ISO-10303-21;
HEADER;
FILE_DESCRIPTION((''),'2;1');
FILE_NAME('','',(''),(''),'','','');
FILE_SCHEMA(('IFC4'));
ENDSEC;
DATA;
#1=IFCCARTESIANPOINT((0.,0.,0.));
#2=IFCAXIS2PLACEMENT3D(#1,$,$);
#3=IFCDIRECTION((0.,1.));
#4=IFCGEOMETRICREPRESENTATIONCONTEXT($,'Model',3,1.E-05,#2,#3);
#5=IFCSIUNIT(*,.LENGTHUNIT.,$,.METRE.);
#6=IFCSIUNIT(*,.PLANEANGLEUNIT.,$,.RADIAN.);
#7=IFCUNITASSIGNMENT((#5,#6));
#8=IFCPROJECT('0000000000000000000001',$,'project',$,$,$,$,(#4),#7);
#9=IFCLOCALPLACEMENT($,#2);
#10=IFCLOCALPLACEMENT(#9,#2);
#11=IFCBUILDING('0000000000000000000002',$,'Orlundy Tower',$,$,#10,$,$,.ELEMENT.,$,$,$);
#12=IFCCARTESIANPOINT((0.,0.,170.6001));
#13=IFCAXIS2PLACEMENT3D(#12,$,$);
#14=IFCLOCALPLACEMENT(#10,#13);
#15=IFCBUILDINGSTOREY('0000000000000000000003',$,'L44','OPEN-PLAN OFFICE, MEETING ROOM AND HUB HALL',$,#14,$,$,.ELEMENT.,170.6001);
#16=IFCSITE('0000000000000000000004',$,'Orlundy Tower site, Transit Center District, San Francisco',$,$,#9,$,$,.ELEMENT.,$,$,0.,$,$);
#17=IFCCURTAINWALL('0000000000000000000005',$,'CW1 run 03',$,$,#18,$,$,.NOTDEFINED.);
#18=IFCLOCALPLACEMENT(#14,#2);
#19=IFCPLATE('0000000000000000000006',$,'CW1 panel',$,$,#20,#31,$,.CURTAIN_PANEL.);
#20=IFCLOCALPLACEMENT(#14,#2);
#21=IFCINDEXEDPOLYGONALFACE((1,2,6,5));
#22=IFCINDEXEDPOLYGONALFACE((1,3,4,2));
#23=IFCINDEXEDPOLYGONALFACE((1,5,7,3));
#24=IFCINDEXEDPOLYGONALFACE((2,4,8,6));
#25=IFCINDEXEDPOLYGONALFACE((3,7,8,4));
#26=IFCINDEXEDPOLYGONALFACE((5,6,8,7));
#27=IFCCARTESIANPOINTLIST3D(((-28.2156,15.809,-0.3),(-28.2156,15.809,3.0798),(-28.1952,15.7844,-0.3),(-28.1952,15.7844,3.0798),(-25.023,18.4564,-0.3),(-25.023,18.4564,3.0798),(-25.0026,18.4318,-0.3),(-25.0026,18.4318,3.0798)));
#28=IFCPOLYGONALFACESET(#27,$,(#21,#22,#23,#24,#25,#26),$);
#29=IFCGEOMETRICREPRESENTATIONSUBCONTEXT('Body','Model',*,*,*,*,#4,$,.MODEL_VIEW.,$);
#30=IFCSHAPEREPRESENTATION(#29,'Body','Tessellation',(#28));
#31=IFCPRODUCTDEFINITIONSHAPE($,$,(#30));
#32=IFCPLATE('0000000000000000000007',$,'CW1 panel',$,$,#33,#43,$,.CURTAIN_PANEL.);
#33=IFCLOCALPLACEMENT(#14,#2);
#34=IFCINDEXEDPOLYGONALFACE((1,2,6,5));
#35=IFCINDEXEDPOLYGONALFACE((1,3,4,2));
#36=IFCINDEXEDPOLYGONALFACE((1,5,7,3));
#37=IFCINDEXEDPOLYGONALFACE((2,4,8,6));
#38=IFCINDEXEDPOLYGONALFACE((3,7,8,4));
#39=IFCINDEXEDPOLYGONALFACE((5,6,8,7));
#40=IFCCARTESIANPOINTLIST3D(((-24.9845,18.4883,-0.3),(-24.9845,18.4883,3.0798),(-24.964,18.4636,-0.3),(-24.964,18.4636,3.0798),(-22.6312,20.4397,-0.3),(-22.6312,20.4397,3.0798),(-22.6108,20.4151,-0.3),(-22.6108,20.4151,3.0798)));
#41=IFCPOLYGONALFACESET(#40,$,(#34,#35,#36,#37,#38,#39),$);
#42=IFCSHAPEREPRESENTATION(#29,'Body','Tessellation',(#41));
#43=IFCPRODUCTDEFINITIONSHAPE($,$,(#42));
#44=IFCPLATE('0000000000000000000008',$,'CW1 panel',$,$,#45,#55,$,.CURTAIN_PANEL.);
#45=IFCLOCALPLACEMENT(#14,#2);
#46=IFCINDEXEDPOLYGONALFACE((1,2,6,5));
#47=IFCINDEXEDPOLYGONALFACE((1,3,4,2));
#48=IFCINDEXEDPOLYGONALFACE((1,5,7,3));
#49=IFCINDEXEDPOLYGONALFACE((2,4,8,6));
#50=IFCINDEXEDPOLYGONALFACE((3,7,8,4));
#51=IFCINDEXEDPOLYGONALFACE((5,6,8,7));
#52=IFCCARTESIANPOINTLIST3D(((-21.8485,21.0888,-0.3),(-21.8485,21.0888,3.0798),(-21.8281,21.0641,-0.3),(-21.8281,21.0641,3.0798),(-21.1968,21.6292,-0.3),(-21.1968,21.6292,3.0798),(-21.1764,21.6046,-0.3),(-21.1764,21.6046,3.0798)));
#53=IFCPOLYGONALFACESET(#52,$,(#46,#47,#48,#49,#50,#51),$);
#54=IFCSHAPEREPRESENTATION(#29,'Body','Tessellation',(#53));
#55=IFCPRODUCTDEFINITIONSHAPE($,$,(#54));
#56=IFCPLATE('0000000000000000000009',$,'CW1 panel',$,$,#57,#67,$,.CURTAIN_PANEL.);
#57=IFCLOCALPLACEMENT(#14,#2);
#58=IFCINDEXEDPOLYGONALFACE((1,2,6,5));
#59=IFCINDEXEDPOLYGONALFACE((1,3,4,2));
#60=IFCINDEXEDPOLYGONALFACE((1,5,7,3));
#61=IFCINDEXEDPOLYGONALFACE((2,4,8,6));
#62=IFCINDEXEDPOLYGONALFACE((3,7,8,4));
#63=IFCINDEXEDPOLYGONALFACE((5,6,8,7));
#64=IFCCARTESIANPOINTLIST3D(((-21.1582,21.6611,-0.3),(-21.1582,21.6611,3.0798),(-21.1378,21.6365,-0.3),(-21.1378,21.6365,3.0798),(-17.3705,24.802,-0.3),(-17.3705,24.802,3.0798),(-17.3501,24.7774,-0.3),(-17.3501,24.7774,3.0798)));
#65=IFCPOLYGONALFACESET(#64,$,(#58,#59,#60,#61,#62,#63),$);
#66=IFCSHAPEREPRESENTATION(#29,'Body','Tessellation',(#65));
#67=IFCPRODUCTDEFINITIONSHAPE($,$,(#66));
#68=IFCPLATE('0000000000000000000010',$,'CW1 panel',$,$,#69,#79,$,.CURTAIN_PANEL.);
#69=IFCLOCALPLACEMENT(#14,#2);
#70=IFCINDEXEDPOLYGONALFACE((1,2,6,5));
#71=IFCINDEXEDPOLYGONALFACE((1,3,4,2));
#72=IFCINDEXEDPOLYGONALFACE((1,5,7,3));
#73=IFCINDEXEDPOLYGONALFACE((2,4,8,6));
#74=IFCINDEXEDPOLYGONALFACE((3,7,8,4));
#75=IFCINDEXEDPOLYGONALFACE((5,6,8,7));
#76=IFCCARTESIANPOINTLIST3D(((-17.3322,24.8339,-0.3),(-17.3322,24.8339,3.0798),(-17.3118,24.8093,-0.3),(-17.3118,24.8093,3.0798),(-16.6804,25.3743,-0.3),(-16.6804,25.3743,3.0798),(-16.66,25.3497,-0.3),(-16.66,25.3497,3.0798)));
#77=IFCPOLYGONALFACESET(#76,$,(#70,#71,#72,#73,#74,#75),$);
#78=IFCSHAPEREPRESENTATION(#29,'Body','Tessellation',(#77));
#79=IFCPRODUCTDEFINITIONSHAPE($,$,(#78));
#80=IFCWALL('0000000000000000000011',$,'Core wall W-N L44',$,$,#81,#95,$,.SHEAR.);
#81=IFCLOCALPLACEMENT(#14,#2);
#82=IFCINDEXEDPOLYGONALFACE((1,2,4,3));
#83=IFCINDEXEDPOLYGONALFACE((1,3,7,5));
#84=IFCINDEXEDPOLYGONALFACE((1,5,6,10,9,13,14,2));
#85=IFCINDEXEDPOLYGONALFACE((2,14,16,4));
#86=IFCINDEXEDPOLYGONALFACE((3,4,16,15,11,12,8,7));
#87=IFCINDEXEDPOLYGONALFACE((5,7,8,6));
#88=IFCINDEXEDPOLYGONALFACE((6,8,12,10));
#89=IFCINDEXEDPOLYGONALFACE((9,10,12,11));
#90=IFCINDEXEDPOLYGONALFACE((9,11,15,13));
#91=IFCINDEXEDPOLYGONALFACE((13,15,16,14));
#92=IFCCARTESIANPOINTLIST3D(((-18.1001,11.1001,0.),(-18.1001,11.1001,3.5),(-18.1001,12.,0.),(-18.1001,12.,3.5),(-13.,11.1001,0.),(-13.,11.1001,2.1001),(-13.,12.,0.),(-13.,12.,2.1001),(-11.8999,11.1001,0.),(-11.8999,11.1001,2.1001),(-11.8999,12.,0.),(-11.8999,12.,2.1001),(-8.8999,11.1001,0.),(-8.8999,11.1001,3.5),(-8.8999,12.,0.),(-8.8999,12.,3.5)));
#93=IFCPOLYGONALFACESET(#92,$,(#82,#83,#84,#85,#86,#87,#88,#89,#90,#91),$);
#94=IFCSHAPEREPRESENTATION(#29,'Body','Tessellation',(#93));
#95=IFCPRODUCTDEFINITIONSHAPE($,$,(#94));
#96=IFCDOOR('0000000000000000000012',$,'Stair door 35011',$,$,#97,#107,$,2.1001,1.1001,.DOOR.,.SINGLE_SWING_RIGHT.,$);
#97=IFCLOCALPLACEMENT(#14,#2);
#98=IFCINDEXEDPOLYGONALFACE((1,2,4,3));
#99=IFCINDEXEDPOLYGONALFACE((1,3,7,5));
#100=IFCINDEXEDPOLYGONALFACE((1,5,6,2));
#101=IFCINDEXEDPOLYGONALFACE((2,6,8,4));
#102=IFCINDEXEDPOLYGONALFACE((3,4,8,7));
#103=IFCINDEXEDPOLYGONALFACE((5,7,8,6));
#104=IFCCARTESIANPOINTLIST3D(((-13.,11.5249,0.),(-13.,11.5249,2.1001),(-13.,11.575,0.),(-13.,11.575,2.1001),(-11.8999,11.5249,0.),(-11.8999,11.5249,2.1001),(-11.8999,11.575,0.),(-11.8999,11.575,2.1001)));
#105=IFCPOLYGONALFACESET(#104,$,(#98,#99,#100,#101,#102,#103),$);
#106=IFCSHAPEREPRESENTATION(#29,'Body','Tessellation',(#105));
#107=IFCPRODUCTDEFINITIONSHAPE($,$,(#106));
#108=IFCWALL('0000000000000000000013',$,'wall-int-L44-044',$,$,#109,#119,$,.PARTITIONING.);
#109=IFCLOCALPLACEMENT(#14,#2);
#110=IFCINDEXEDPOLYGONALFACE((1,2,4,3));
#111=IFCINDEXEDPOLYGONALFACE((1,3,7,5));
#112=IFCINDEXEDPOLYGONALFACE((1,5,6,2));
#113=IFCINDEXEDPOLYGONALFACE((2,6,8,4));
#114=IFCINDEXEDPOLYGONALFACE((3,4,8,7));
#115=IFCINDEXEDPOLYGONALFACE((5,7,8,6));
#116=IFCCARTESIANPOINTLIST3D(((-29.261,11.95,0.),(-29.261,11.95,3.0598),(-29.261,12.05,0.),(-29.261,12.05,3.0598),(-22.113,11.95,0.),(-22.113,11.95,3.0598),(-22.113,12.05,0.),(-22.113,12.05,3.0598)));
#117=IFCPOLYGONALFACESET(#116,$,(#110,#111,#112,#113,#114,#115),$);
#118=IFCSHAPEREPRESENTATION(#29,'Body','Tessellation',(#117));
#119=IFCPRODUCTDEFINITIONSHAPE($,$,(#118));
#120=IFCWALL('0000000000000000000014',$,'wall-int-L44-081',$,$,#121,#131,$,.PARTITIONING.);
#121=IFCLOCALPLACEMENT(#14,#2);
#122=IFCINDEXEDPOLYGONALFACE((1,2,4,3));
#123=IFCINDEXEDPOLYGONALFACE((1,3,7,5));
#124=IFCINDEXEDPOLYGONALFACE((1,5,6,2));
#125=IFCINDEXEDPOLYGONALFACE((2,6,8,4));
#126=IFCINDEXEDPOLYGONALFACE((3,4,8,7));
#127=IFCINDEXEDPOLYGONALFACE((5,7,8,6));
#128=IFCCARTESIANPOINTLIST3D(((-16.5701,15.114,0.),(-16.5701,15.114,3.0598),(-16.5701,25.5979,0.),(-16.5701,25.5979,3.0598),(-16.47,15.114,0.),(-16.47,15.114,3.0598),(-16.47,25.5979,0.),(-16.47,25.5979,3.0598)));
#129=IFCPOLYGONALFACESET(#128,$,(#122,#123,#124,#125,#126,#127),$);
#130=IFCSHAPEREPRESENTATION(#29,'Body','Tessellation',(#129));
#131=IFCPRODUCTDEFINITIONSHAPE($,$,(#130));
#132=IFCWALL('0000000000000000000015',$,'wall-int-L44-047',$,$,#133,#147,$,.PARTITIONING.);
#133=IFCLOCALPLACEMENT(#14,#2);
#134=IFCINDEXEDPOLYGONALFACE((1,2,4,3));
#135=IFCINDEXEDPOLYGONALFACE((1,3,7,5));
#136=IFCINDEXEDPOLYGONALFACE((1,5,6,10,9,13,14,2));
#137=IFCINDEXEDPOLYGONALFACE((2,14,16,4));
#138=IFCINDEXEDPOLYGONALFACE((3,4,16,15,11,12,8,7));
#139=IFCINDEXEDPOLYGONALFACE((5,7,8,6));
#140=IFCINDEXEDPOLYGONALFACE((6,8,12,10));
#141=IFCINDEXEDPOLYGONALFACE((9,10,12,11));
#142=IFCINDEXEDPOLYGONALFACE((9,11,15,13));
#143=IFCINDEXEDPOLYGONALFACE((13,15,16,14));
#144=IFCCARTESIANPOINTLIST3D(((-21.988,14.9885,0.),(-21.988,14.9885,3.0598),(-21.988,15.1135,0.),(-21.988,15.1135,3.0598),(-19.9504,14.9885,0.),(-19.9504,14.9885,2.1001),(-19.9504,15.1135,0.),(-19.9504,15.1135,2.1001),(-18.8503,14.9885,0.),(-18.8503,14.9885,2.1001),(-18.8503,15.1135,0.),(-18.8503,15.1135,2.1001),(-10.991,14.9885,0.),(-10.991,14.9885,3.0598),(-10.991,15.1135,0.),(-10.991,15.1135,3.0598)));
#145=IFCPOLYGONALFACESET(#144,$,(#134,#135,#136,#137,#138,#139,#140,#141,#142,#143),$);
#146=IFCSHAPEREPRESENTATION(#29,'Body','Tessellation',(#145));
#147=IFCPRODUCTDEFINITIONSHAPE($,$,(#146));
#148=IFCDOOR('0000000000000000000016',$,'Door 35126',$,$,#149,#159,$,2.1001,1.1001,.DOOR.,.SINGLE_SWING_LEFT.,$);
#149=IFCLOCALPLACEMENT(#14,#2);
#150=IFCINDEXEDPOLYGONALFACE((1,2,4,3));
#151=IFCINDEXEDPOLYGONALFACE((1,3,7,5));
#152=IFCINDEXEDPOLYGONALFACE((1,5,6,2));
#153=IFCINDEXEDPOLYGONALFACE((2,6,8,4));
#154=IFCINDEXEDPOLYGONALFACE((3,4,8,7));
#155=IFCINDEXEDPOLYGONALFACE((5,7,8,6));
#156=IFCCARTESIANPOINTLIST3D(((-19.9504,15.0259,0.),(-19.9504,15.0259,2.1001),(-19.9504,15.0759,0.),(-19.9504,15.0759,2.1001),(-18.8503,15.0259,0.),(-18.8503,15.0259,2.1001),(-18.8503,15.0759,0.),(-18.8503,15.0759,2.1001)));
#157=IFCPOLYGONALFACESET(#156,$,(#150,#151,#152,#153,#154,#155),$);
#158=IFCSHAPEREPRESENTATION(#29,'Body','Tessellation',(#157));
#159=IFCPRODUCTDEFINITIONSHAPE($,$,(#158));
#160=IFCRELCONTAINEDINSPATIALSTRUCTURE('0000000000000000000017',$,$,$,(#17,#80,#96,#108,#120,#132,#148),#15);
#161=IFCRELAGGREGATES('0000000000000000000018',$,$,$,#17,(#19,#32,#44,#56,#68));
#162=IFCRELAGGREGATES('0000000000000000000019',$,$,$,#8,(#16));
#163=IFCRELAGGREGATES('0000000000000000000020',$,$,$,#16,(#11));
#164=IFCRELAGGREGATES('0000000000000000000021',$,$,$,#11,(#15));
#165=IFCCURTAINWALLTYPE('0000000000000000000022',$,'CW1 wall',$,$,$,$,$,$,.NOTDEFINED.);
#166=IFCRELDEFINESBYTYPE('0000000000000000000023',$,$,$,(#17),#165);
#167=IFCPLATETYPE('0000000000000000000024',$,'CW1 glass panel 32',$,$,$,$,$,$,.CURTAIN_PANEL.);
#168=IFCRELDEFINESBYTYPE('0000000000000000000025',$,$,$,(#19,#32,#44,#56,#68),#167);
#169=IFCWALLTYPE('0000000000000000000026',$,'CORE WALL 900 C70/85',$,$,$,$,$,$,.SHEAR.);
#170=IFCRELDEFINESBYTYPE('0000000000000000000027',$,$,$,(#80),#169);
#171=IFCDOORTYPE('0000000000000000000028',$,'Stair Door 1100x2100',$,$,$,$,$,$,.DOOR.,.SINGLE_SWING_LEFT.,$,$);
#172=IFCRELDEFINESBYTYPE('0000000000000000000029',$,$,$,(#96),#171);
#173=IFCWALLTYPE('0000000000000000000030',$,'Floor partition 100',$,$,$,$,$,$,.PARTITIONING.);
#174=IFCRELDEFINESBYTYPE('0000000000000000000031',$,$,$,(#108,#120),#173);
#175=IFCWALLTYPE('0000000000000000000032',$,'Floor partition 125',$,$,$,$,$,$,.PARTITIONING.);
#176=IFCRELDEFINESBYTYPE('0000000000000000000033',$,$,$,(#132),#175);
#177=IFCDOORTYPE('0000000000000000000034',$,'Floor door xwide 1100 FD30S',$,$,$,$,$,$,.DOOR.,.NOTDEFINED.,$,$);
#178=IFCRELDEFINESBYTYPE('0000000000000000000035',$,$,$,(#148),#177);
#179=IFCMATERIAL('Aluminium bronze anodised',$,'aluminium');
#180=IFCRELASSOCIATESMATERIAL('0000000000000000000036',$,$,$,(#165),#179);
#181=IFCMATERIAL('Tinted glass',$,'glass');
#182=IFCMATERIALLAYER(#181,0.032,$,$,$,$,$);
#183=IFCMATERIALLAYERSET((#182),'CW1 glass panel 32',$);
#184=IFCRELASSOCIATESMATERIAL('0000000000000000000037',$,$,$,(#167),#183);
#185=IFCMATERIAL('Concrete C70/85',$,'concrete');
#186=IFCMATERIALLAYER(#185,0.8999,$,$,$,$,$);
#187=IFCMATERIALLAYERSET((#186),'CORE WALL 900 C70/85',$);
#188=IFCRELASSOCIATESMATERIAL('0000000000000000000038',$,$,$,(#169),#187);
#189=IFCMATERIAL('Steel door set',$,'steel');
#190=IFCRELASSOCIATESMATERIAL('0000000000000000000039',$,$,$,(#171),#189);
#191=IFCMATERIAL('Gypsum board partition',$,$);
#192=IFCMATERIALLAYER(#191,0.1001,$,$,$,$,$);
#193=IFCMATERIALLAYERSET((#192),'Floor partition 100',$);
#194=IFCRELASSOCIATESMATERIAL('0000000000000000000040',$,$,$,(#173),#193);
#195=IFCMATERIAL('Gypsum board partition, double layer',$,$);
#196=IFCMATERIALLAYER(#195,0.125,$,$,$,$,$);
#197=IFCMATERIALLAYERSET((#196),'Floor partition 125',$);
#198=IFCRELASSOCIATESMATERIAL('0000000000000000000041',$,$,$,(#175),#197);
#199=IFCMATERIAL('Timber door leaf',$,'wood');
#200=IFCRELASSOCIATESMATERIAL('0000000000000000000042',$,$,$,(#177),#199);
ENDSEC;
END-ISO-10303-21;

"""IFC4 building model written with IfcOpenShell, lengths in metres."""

from ifc_helpers import new_model, si_unit, direction, frame, frame_2d, origin, origin_2d, place, context, subcontext, project, spatial, rectangle, extrude, material, layer, layer_set, type_object, element, fill, aggregate, save


model = new_model("IFC4")

# Units and contexts
model_context = context("Model", 3, precision=1e-05, world=origin(), true_north=direction((0.0, 1.0)))
body_context = subcontext(model_context, "Body", "Model", "MODEL_VIEW")
ifc_project = project(units=[si_unit("LENGTHUNIT", "METRE"), si_unit("PLANEANGLEUNIT", "RADIAN")], contexts=[model_context])

# Site, building, storey
site_placement = place(None, origin())
site = spatial("IfcSite", under=ifc_project, at=site_placement, Name="Orlundy Tower site, Transit Center District, San Francisco", CompositionType="ELEMENT", RefElevation=0.0)
building_placement = place(site_placement, origin())
building = spatial("IfcBuilding", under=site, at=building_placement, Name="Orlundy Tower", CompositionType="ELEMENT")
storey_placement = place(building_placement, frame((0.0, 0.0, 170.6001)))
storey = spatial("IfcBuildingStorey", under=building, at=storey_placement, Name="L44", Description="OPEN-PLAN OFFICE, MEETING ROOM AND HUB HALL", CompositionType="ELEMENT", Elevation=170.6001)

# Curtain wall
ifc_material_1 = material(Name="Aluminium bronze anodised", Category="aluminium")
curtain_wall_type = type_object("IfcCurtainWallType", Name="CW1 wall", PredefinedType="NOTDEFINED", material=ifc_material_1)
curtain_wall_1_placement = place(storey_placement, origin())
curtain_wall_1 = element("IfcCurtainWall", 1, at=curtain_wall_1_placement, inside=storey, type_object=curtain_wall_type, Name="CW1 run 03", PredefinedType="NOTDEFINED")

# Plates
ifc_material_2 = material(Name="Tinted glass", Category="glass")
ifc_layer_1 = layer(ifc_material_2, 0.032)
ifc_layer_set_1 = layer_set([ifc_layer_1], Name="CW1 glass panel 32")
plate_type = type_object("IfcPlateType", Name="CW1 glass panel 32", PredefinedType="CURTAIN_PANEL", material=ifc_layer_set_1)
plate_1_placement = place(storey_placement, frame((-26.6091, 17.1204, -0.3), z_axis=(0.0, 0.0, 1.0), x_axis=(0.769772, 0.638318, 0.0)))
plate_1 = element("IfcPlate", 2, at=plate_1_placement, type_object=plate_type, Name="CW1 panel", PredefinedType="CURTAIN_PANEL", context=body_context, shape_type="SweptSolid", body=[
    extrude(rectangle(XDim=4.1475, YDim=0.032, at=origin_2d()), origin(), (0.0, 0.0, 1.0), 3.3799),
])
plate_2_placement = place(storey_placement, frame((-23.7976, 19.4517, -0.3), z_axis=(0.0, 0.0, 1.0), x_axis=(0.769772, 0.638318, 0.0)))
plate_2 = element("IfcPlate", 3, at=plate_2_placement, type_object=plate_type, Name="CW1 panel", PredefinedType="CURTAIN_PANEL", context=body_context, shape_type="SweptSolid", body=[
    extrude(rectangle(XDim=3.0571, YDim=0.032, at=origin_2d()), origin(), (0.0, 0.0, 1.0), 3.3799),
])
plate_3_placement = place(storey_placement, frame((-21.5125, 21.3467, -0.3), z_axis=(0.0, 0.0, 1.0), x_axis=(0.769772, 0.638318, 0.0)))
plate_3 = element("IfcPlate", 4, at=plate_3_placement, type_object=plate_type, Name="CW1 panel", PredefinedType="CURTAIN_PANEL", context=body_context, shape_type="SweptSolid", body=[
    extrude(rectangle(XDim=0.8467, YDim=0.032, at=origin_2d()), origin(), (0.0, 0.0, 1.0), 3.3799),
])
plate_4_placement = place(storey_placement, frame((-19.2542, 23.2192, -0.3), z_axis=(0.0, 0.0, 1.0), x_axis=(0.769772, 0.638318, 0.0)))
plate_4 = element("IfcPlate", 5, at=plate_4_placement, type_object=plate_type, Name="CW1 panel", PredefinedType="CURTAIN_PANEL", context=body_context, shape_type="SweptSolid", body=[
    extrude(rectangle(XDim=4.9207, YDim=0.032, at=origin_2d()), origin(), (0.0, 0.0, 1.0), 3.3799),
])
plate_5_placement = place(storey_placement, frame((-16.9961, 25.0918, -0.3), z_axis=(0.0, 0.0, 1.0), x_axis=(0.769772, 0.638318, 0.0)))
plate_5 = element("IfcPlate", 6, at=plate_5_placement, type_object=plate_type, Name="CW1 panel", PredefinedType="CURTAIN_PANEL", context=body_context, shape_type="SweptSolid", body=[
    extrude(rectangle(XDim=0.8467, YDim=0.032, at=origin_2d()), origin(), (0.0, 0.0, 1.0), 3.3799),
])
aggregate(curtain_wall_1, [plate_1, plate_2, plate_3, plate_4, plate_5])

# Wall, opening, door
ifc_material_3 = material(Name="Concrete C70/85", Category="concrete")
ifc_layer_2 = layer(ifc_material_3, 0.8999)
ifc_layer_set_2 = layer_set([ifc_layer_2], Name="CORE WALL 900 C70/85")
wall_type_1 = type_object("IfcWallType", Name="CORE WALL 900 C70/85", PredefinedType="SHEAR", material=ifc_layer_set_2)
wall_1_placement = place(storey_placement, frame((-18.1001, 11.55, 0.0), z_axis=(0.0, 0.0, 1.0), x_axis=(1.0, 0.0, 0.0)))
wall_1 = element("IfcWall", 7, at=wall_1_placement, inside=storey, type_object=wall_type_1, Name="Core wall W-N L44", PredefinedType="SHEAR", context=body_context, shape_type="SweptSolid", body=[
    extrude(rectangle(XDim=9.2002, YDim=0.8999, at=frame_2d((4.6001, 0.0))), origin(), (0.0, 0.0, 1.0), 3.5),
])
opening_1_placement = place(wall_1_placement, frame((5.1001, 0.0, 0.0)))
opening_1 = element("IfcOpeningElement", 8, at=opening_1_placement, cuts=wall_1, PredefinedType="OPENING", context=body_context, shape_type="SweptSolid", body=[
    extrude(rectangle(XDim=1.1001, YDim=2.1001, at=frame_2d((0.55, 1.05))), frame((0.0, 0.46, 0.0), z_axis=(0.0, -1.0, 0.0), x_axis=(1.0, 0.0, 0.0)), (0.0, 0.0, 1.0), 0.9199),
])
ifc_material_4 = material(Name="Steel door set", Category="steel")
door_type_1 = type_object("IfcDoorType", Name="Stair Door 1100x2100", OperationType="SINGLE_SWING_LEFT", PredefinedType="DOOR", material=ifc_material_4)
door_1_placement = place(opening_1_placement, origin())
door_1 = element("IfcDoor", 9, at=door_1_placement, inside=storey, type_object=door_type_1, Name="Stair door 35011", OperationType="SINGLE_SWING_RIGHT", OverallHeight=2.1001, OverallWidth=1.1001, PredefinedType="DOOR", context=body_context, shape_type="SweptSolid", body=[
    extrude(rectangle(XDim=1.1001, YDim=2.1001, at=frame_2d((0.55, 1.05))), frame((0.0, 0.0249, 0.0), z_axis=(0.0, -1.0, 0.0), x_axis=(1.0, 0.0, 0.0)), (0.0, 0.0, 1.0), 0.05),
])
fill(opening_1, door_1)

# Walls
ifc_material_5 = material(Name="Gypsum board partition")
ifc_layer_3 = layer(ifc_material_5, 0.1001)
ifc_layer_set_3 = layer_set([ifc_layer_3], Name="Floor partition 100")
wall_type_2 = type_object("IfcWallType", Name="Floor partition 100", PredefinedType="PARTITIONING", material=ifc_layer_set_3)
wall_2_placement = place(storey_placement, frame((-29.261, 12.0, 0.0), z_axis=(0.0, 0.0, 1.0), x_axis=(1.0, 0.0, 0.0)))
element("IfcWall", 10, at=wall_2_placement, inside=storey, type_object=wall_type_2, Name="wall-int-L44-044", PredefinedType="PARTITIONING", context=body_context, shape_type="SweptSolid", body=[
    extrude(rectangle(XDim=7.1479, YDim=0.1001, at=frame_2d((3.574, 0.0))), origin(), (0.0, 0.0, 1.0), 3.0598),
])
wall_3_placement = place(storey_placement, frame((-16.52, 15.114, 0.0), z_axis=(0.0, 0.0, 1.0), x_axis=(0.0, 1.0, 0.0)))
element("IfcWall", 11, at=wall_3_placement, inside=storey, type_object=wall_type_2, Name="wall-int-L44-081", PredefinedType="PARTITIONING", context=body_context, shape_type="SweptSolid", body=[
    extrude(rectangle(XDim=10.4839, YDim=0.1001, at=frame_2d((5.2419, 0.0))), origin(), (0.0, 0.0, 1.0), 3.0598),
])

# Wall, opening, door
ifc_material_6 = material(Name="Gypsum board partition, double layer")
ifc_layer_4 = layer(ifc_material_6, 0.125)
ifc_layer_set_4 = layer_set([ifc_layer_4], Name="Floor partition 125")
wall_type_3 = type_object("IfcWallType", Name="Floor partition 125", PredefinedType="PARTITIONING", material=ifc_layer_set_4)
wall_4_placement = place(storey_placement, frame((-21.988, 15.051, 0.0), z_axis=(0.0, 0.0, 1.0), x_axis=(1.0, 0.0, 0.0)))
wall_4 = element("IfcWall", 12, at=wall_4_placement, inside=storey, type_object=wall_type_3, Name="wall-int-L44-047", PredefinedType="PARTITIONING", context=body_context, shape_type="SweptSolid", body=[
    extrude(rectangle(XDim=10.9971, YDim=0.125, at=frame_2d((5.4985, 0.0))), origin(), (0.0, 0.0, 1.0), 3.0598),
])
opening_2_placement = place(wall_4_placement, frame((2.0376, 0.0, 0.0)))
opening_2 = element("IfcOpeningElement", 13, at=opening_2_placement, cuts=wall_4, PredefinedType="OPENING", context=body_context, shape_type="SweptSolid", body=[
    extrude(rectangle(XDim=1.1001, YDim=2.1001, at=frame_2d((0.55, 1.05))), frame((0.0, 0.0725, 0.0), z_axis=(0.0, -1.0, 0.0), x_axis=(1.0, 0.0, 0.0)), (0.0, 0.0, 1.0), 0.145),
])
ifc_material_7 = material(Name="Timber door leaf", Category="wood")
door_type_2 = type_object("IfcDoorType", Name="Floor door xwide 1100 FD30S", OperationType="NOTDEFINED", PredefinedType="DOOR", material=ifc_material_7)
door_2_placement = place(opening_2_placement, origin())
door_2 = element("IfcDoor", 14, at=door_2_placement, inside=storey, type_object=door_type_2, Name="Door 35126", OperationType="SINGLE_SWING_LEFT", OverallHeight=2.1001, OverallWidth=1.1001, PredefinedType="DOOR", context=body_context, shape_type="SweptSolid", body=[
    extrude(rectangle(XDim=1.1001, YDim=2.1001, at=frame_2d((0.55, 1.05))), frame((0.0, 0.0249, 0.0), z_axis=(0.0, -1.0, 0.0), x_axis=(1.0, 0.0, 0.0)), (0.0, 0.0, 1.0), 0.05),
])
fill(opening_2, door_2)

save(model, "model.ifc")
